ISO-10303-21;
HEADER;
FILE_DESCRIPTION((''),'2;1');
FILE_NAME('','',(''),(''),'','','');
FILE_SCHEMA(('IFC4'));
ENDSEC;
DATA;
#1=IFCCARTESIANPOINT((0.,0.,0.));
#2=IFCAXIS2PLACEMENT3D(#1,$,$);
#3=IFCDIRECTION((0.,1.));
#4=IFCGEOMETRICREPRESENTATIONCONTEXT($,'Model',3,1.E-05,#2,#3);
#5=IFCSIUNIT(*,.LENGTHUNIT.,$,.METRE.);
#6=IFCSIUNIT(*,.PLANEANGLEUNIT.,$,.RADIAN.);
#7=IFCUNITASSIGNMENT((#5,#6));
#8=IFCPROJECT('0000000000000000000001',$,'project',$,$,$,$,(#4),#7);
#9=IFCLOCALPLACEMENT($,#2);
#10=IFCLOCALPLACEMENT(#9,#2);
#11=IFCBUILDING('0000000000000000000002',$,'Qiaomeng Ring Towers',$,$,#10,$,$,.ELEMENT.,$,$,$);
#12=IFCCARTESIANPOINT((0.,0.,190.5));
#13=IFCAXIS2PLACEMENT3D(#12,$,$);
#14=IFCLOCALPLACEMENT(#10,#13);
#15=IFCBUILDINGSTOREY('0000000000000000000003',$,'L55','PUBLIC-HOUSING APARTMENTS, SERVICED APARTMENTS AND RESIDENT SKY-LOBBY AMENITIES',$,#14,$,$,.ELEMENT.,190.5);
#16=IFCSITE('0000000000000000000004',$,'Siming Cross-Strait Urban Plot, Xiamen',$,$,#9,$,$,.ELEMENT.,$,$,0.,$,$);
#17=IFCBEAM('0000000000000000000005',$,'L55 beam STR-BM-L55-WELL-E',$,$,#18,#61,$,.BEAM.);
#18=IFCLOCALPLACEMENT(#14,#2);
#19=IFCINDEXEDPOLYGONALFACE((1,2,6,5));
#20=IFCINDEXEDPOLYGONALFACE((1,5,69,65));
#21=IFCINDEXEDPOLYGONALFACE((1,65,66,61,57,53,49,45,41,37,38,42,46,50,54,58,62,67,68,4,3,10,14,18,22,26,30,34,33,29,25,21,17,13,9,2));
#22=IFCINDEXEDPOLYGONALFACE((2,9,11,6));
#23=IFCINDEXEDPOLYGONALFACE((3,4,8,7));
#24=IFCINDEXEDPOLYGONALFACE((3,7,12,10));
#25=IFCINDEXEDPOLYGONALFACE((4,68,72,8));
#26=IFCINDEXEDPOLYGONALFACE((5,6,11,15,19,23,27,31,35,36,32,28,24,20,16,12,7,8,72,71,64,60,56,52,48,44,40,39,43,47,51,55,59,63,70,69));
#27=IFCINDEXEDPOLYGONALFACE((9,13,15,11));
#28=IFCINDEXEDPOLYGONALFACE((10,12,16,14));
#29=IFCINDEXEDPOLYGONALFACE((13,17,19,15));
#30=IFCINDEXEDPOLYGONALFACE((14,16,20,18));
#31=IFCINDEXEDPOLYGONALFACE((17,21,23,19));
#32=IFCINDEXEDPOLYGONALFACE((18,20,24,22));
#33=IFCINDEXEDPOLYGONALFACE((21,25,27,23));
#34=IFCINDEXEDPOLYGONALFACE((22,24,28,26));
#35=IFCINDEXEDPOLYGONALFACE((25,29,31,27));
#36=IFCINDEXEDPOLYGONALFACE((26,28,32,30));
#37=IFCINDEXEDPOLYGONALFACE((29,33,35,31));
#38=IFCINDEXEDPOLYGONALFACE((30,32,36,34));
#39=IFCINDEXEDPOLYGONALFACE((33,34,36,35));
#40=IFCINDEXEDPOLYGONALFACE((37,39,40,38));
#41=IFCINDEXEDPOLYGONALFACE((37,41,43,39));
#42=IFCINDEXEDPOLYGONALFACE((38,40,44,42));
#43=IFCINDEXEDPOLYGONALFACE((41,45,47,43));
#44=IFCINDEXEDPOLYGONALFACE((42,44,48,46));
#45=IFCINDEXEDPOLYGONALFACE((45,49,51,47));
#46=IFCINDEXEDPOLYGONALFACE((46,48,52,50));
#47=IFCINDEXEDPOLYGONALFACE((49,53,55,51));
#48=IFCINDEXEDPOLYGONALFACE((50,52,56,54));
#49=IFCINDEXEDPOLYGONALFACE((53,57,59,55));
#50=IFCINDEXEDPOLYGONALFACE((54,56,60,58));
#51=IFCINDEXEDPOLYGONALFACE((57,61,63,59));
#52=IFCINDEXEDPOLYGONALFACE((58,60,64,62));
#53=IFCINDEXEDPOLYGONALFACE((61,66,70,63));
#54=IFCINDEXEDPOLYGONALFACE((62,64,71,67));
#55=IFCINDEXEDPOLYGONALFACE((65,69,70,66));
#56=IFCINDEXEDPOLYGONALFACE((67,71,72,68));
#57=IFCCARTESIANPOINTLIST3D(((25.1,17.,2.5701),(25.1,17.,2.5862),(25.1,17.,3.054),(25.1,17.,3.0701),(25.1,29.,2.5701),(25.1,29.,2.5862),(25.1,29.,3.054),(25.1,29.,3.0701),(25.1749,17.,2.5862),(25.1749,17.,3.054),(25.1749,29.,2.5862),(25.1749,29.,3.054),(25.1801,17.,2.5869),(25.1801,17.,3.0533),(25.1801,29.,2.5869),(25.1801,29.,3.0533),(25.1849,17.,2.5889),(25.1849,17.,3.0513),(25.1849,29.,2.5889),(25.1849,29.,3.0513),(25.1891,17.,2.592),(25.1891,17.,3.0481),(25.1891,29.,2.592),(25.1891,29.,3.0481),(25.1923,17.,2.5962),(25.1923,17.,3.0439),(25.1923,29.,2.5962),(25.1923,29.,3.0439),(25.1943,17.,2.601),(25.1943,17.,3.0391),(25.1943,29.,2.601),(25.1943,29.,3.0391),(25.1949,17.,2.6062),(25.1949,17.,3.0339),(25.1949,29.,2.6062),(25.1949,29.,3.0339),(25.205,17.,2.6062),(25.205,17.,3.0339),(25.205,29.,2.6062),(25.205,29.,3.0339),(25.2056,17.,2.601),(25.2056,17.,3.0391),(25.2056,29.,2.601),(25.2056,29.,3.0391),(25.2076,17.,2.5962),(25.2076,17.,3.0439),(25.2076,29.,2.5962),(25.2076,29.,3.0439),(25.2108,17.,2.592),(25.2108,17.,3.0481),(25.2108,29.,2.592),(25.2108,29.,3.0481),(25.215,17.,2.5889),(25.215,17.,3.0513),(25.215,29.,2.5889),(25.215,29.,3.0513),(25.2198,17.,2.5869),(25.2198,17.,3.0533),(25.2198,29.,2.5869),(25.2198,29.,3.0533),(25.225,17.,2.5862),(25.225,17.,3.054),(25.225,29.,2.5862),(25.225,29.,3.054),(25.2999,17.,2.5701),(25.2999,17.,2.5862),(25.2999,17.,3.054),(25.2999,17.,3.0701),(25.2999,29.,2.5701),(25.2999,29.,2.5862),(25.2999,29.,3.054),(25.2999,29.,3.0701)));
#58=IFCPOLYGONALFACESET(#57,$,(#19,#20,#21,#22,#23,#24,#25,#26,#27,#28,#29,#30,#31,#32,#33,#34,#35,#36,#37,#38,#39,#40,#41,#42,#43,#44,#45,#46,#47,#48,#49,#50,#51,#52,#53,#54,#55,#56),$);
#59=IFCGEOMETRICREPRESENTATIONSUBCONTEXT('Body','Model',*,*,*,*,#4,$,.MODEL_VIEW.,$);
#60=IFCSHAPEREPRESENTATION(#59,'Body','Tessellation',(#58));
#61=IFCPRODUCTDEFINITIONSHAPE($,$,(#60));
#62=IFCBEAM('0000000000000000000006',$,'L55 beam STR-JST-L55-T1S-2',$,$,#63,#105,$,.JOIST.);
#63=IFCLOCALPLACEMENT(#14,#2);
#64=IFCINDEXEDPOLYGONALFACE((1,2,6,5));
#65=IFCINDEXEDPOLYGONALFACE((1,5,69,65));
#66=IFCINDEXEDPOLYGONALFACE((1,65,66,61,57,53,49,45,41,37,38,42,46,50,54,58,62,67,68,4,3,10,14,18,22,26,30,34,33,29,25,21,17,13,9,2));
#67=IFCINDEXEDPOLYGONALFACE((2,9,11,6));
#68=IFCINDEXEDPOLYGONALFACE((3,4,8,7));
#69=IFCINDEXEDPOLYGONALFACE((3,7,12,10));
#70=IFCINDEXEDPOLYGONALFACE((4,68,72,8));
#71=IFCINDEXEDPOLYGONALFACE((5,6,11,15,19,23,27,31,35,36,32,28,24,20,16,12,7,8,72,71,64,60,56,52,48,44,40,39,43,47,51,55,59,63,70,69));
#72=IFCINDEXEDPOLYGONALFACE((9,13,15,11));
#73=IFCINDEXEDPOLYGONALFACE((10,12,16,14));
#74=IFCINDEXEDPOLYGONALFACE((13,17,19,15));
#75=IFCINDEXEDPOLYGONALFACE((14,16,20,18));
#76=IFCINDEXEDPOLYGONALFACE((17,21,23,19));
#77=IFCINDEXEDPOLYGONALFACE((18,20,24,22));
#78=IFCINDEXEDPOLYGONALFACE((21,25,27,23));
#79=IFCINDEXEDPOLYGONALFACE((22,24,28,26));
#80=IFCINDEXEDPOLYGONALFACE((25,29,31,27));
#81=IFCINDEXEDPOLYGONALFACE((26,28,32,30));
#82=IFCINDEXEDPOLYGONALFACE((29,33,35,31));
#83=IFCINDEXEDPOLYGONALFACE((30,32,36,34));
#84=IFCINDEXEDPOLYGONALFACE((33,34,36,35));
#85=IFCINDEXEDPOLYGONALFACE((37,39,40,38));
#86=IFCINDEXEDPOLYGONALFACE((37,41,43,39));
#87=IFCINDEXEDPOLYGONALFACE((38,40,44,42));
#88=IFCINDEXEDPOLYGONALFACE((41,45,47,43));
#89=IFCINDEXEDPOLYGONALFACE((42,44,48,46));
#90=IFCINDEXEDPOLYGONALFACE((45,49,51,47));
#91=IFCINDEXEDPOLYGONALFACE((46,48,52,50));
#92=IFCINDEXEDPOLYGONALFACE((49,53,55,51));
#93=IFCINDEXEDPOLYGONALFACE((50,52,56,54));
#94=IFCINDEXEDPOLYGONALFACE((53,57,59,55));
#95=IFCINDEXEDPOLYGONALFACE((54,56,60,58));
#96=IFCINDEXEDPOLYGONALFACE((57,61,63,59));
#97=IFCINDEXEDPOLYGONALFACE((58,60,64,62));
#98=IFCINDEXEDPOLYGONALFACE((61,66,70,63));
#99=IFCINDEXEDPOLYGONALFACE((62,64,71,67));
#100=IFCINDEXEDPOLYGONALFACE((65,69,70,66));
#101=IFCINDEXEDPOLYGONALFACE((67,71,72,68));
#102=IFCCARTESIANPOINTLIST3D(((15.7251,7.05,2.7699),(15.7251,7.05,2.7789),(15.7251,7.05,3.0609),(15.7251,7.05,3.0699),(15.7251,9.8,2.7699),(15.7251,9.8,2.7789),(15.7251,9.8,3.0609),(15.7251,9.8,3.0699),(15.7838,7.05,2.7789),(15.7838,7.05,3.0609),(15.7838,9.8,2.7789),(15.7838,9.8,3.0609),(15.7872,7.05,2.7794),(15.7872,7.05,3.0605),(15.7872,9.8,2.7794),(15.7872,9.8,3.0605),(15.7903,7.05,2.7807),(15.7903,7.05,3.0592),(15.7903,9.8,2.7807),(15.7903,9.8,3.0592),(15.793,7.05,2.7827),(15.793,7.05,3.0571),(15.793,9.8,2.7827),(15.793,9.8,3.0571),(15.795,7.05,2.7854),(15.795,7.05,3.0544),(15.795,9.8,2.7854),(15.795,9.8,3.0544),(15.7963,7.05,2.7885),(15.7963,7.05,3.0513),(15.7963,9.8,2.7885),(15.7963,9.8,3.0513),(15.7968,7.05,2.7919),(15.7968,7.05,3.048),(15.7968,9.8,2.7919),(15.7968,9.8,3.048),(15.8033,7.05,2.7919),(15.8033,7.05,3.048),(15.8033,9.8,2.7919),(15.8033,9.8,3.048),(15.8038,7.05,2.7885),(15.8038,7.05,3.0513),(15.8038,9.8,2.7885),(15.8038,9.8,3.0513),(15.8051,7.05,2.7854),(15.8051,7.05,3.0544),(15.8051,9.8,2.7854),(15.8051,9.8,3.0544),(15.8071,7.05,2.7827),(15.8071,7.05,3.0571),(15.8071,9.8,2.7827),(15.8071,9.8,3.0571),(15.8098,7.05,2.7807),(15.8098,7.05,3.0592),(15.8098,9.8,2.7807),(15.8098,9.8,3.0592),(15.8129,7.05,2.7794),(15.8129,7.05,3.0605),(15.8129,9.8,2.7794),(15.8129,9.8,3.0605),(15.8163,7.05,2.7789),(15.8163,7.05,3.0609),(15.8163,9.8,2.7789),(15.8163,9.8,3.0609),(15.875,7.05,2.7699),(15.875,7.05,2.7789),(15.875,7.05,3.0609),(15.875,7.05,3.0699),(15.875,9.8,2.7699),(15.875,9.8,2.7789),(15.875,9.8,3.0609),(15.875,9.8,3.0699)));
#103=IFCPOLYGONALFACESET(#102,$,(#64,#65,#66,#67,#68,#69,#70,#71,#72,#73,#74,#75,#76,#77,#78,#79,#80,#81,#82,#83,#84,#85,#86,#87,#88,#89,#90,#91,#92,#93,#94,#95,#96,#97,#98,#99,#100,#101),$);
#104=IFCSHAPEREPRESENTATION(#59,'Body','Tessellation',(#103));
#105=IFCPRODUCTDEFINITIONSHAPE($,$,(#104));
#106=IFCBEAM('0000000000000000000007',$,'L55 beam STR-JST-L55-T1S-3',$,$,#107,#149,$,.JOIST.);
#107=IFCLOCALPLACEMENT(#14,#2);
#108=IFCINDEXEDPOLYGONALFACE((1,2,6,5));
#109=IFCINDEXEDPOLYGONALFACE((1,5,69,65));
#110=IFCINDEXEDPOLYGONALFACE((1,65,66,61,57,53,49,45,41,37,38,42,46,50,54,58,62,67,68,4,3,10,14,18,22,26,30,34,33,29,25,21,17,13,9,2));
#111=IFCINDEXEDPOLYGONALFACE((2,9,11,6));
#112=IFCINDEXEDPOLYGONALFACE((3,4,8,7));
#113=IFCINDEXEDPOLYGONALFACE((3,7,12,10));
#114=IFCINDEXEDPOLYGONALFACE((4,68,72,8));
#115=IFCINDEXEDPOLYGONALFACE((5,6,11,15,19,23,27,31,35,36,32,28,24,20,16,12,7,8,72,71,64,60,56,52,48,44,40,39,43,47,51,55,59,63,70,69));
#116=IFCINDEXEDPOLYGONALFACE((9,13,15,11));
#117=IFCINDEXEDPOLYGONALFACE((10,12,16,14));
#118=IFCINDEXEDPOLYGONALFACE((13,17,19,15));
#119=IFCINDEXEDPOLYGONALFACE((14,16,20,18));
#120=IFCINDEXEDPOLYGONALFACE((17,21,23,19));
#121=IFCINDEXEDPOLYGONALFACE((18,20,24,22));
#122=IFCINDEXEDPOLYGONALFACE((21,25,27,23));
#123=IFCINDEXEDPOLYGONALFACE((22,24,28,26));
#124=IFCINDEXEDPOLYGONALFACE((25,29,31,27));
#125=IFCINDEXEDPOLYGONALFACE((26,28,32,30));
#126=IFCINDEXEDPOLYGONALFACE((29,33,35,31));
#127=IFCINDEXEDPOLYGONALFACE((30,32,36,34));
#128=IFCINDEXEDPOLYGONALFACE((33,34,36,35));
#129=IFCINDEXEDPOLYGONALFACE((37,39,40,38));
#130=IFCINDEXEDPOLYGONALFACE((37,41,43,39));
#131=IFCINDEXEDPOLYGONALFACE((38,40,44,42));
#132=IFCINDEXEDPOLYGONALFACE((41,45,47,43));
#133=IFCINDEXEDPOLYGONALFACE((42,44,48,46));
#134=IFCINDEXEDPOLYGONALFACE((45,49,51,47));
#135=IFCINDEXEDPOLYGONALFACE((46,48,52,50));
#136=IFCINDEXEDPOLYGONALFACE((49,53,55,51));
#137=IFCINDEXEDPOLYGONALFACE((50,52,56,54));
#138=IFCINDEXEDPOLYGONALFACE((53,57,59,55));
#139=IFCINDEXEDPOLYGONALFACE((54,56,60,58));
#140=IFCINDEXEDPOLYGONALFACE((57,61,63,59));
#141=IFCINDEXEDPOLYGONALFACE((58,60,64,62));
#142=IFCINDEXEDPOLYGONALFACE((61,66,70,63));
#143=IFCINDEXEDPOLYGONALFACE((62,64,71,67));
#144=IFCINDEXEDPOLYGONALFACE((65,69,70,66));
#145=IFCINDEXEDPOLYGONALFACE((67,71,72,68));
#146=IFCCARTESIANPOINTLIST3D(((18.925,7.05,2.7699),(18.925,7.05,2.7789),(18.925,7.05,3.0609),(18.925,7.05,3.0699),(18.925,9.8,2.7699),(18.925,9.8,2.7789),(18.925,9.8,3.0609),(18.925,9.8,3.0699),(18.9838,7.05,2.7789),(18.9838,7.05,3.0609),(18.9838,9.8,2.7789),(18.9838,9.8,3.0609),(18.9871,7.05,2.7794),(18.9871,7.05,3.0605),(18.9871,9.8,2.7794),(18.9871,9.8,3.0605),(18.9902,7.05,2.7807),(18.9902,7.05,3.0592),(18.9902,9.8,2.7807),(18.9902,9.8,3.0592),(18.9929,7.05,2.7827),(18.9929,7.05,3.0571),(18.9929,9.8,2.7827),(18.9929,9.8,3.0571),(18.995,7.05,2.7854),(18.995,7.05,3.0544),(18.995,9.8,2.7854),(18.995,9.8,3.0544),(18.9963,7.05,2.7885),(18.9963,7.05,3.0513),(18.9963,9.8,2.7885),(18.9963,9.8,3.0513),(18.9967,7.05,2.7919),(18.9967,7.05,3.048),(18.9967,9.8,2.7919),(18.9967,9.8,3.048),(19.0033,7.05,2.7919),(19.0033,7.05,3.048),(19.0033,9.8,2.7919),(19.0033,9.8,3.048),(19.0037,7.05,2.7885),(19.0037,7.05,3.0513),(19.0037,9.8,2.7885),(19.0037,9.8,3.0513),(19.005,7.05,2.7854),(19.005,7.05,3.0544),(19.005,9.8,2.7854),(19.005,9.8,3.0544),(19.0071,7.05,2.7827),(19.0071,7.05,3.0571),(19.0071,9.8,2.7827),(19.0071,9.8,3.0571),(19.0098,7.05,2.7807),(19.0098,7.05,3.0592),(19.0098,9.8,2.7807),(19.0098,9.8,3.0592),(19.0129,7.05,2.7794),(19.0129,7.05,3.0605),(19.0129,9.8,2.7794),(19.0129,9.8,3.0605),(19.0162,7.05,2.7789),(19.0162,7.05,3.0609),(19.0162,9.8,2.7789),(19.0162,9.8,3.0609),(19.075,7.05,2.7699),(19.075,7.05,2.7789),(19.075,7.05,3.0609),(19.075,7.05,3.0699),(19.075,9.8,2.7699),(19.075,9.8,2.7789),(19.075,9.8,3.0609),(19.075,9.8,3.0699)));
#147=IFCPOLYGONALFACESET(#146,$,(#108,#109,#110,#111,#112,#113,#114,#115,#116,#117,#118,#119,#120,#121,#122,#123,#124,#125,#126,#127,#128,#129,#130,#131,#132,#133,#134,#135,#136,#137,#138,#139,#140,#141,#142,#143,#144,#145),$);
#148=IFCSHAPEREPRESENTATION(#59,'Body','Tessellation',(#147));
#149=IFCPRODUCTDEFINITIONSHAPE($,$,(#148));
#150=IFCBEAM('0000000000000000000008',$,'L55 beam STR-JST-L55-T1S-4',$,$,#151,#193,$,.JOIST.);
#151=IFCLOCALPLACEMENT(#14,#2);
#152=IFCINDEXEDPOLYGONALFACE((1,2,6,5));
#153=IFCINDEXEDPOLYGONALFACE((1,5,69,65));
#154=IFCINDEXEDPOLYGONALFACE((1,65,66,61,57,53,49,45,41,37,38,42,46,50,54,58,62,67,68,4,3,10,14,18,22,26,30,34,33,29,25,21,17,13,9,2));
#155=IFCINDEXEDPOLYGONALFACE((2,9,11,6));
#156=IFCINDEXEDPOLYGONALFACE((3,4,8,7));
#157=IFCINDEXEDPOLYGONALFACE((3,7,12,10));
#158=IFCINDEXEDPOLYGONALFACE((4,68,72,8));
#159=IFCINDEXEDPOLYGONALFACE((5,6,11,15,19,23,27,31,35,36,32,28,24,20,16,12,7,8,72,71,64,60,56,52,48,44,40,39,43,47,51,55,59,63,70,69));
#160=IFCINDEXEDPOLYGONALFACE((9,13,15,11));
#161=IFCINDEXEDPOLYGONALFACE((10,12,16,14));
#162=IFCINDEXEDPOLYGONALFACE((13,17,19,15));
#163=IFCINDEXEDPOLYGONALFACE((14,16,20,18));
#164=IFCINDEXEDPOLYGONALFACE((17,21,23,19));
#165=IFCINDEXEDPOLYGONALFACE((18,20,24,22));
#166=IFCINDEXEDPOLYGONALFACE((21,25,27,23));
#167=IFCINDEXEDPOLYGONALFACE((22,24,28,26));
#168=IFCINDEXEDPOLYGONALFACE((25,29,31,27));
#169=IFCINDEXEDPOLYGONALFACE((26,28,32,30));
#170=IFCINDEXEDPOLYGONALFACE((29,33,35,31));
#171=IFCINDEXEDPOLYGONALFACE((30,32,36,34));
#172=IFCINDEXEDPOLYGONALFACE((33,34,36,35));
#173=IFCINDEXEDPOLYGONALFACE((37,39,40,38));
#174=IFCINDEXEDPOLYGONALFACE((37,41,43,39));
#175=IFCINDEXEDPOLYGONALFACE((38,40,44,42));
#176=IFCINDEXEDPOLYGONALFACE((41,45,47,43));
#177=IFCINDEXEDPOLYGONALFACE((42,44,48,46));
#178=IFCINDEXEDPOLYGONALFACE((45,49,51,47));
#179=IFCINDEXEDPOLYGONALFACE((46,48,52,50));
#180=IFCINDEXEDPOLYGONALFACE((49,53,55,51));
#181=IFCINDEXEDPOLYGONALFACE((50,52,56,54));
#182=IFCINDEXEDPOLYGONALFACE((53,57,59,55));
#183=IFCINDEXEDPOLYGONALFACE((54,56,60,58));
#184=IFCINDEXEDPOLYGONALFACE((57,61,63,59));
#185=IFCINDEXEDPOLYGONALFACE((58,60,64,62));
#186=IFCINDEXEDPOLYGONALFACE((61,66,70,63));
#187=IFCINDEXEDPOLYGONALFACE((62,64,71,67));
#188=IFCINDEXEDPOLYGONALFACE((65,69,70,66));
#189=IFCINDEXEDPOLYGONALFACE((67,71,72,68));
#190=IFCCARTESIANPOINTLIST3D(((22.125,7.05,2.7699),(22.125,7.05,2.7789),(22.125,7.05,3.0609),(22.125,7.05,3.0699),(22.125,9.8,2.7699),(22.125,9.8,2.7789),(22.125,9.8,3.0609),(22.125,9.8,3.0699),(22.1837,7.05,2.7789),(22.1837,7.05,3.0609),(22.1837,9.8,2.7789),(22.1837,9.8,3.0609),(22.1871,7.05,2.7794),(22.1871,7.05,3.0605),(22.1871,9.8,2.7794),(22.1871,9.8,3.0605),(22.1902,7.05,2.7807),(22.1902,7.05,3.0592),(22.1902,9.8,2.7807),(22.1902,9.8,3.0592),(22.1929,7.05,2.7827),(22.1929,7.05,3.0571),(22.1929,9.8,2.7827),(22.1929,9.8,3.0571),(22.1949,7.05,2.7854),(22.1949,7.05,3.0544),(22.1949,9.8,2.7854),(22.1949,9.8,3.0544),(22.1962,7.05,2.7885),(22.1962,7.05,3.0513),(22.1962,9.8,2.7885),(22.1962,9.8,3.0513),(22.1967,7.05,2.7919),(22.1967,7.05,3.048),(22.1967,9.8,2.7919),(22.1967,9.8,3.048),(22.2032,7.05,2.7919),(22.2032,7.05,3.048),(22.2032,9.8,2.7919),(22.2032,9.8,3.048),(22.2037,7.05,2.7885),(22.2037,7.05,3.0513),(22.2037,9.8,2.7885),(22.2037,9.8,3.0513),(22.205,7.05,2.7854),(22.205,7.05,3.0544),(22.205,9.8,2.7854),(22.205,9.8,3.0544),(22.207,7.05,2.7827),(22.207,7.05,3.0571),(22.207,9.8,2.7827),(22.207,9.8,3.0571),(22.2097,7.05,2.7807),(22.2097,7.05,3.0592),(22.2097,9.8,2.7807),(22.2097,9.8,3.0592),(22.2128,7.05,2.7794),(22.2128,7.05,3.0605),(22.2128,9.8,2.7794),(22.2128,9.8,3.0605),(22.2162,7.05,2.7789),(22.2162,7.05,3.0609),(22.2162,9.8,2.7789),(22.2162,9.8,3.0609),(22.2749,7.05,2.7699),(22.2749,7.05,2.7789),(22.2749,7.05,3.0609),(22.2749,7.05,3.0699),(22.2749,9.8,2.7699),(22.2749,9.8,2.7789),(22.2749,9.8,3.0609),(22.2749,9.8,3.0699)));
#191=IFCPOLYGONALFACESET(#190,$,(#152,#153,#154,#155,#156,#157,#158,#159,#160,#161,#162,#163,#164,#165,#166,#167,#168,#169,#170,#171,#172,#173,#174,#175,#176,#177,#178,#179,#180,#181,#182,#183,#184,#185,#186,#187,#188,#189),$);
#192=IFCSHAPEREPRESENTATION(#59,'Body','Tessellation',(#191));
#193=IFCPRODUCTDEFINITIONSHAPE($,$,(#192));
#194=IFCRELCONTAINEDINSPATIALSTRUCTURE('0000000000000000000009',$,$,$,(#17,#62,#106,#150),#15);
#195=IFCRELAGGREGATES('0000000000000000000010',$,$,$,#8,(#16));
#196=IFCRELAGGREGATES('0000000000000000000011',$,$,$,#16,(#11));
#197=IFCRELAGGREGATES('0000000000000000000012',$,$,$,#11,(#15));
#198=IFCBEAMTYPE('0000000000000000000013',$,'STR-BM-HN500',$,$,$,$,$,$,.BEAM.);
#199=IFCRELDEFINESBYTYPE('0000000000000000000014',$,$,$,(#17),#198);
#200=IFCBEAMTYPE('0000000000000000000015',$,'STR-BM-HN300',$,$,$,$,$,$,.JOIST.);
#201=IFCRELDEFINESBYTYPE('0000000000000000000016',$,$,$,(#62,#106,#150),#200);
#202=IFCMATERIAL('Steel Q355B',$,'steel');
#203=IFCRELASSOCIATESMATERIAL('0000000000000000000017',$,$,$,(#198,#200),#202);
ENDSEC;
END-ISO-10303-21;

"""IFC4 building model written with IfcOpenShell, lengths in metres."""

from ifc_helpers import new_model, si_unit, direction, frame, origin, origin_2d, place, context, subcontext, project, spatial, i_section, extrude, source, transform, mapped, material, material_profile, profile_set, type_object, element, save


model = new_model("IFC4")

# Units and contexts
model_context = context("Model", 3, precision=1e-05, world=origin(), true_north=direction((0.0, 1.0)))
body_context = subcontext(model_context, "Body", "Model", "MODEL_VIEW")
ifc_project = project(units=[si_unit("LENGTHUNIT", "METRE"), si_unit("PLANEANGLEUNIT", "RADIAN")], contexts=[model_context])

# Site, building, storey
site_placement = place(None, origin())
site = spatial("IfcSite", under=ifc_project, at=site_placement, Name="Siming Cross-Strait Urban Plot, Xiamen", CompositionType="ELEMENT", RefElevation=0.0)
building_placement = place(site_placement, origin())
building = spatial("IfcBuilding", under=site, at=building_placement, Name="Qiaomeng Ring Towers", CompositionType="ELEMENT")
storey_placement = place(building_placement, frame((0.0, 0.0, 190.5)))
storey = spatial("IfcBuildingStorey", under=building, at=storey_placement, Name="L55", Description="PUBLIC-HOUSING APARTMENTS, SERVICED APARTMENTS AND RESIDENT SKY-LOBBY AMENITIES", CompositionType="ELEMENT", Elevation=190.5)

# Beams
ifc_material_1 = material(Name="Steel Q355B", Category="steel")
ifc_material_profile_1 = material_profile(ifc_material_1, i_section(OverallWidth=0.2, OverallDepth=0.5, WebThickness=0.01, FlangeThickness=0.0161, FilletRadius=0.02, at=origin_2d()), Name="HN 500x200x10x16")
ifc_profile_set_1 = profile_set([ifc_material_profile_1], Name="Steel Q355B")
beam_type_1 = type_object("IfcBeamType", Name="STR-BM-HN500", PredefinedType="BEAM", material=ifc_profile_set_1)
shared_shape_1 = source(origin(), body_context, "Body", "SweptSolid", [
    extrude(i_section(OverallWidth=0.2, OverallDepth=0.5, WebThickness=0.01, FlangeThickness=0.0161, FilletRadius=0.02, at=origin_2d()), origin(), (0.0, 0.0, 1.0), 12.0),
])
beam_1_placement = place(storey_placement, frame((25.2, 17.0, 2.8201), z_axis=(0.0, 1.0, 0.0), x_axis=(-1.0, 0.0, 0.0)))
element("IfcBeam", 1, at=beam_1_placement, inside=storey, type_object=beam_type_1, Name="L55 beam STR-BM-L55-WELL-E", PredefinedType="BEAM", context=body_context, shape_type="MappedRepresentation", body=[
    mapped(shared_shape_1, transform((0.0, 0.0, 0.0), x_axis=(1.0, 0.0, 0.0), y_axis=(0.0, 1.0, 0.0), z_axis=(0.0, 0.0, 1.0), scale=1.0)),
])
ifc_material_profile_2 = material_profile(ifc_material_1, i_section(OverallWidth=0.1499, OverallDepth=0.3, WebThickness=0.0066, FlangeThickness=0.009, FilletRadius=0.0129, at=origin_2d()), Name="HN 300x150x6.5x9")
ifc_profile_set_2 = profile_set([ifc_material_profile_2], Name="Steel Q355B")
beam_type_2 = type_object("IfcBeamType", Name="STR-BM-HN300", PredefinedType="JOIST", material=ifc_profile_set_2)
shared_shape_2 = source(origin(), body_context, "Body", "SweptSolid", [
    extrude(i_section(OverallWidth=0.1499, OverallDepth=0.3, WebThickness=0.0066, FlangeThickness=0.009, FilletRadius=0.0129, at=origin_2d()), origin(), (0.0, 0.0, 1.0), 2.75),
])
for number, where, z_axis, x_axis, name in (
    (2, (15.8, 7.05, 2.9199), (0.0, 1.0, 0.0), (-1.0, 0.0, 0.0), "L55 beam STR-JST-L55-T1S-2"),
    (3, (19.0, 7.05, 2.9199), (0.0, 1.0, 0.0), (-1.0, 0.0, 0.0), "L55 beam STR-JST-L55-T1S-3"),
    (4, (22.2, 7.05, 2.9199), (0.0, 1.0, 0.0), (-1.0, 0.0, 0.0), "L55 beam STR-JST-L55-T1S-4"),
):
    element("IfcBeam", number, at=place(storey_placement, frame(where, z_axis=z_axis, x_axis=x_axis)), inside=storey, type_object=beam_type_2, Name=name, PredefinedType="JOIST", context=body_context, shape_type="MappedRepresentation", body=[
        mapped(shared_shape_2, transform((0.0, 0.0, 0.0), x_axis=(1.0, 0.0, 0.0), y_axis=(0.0, 1.0, 0.0), z_axis=(0.0, 0.0, 1.0), scale=1.0)),
    ])

save(model, "model.ifc")
